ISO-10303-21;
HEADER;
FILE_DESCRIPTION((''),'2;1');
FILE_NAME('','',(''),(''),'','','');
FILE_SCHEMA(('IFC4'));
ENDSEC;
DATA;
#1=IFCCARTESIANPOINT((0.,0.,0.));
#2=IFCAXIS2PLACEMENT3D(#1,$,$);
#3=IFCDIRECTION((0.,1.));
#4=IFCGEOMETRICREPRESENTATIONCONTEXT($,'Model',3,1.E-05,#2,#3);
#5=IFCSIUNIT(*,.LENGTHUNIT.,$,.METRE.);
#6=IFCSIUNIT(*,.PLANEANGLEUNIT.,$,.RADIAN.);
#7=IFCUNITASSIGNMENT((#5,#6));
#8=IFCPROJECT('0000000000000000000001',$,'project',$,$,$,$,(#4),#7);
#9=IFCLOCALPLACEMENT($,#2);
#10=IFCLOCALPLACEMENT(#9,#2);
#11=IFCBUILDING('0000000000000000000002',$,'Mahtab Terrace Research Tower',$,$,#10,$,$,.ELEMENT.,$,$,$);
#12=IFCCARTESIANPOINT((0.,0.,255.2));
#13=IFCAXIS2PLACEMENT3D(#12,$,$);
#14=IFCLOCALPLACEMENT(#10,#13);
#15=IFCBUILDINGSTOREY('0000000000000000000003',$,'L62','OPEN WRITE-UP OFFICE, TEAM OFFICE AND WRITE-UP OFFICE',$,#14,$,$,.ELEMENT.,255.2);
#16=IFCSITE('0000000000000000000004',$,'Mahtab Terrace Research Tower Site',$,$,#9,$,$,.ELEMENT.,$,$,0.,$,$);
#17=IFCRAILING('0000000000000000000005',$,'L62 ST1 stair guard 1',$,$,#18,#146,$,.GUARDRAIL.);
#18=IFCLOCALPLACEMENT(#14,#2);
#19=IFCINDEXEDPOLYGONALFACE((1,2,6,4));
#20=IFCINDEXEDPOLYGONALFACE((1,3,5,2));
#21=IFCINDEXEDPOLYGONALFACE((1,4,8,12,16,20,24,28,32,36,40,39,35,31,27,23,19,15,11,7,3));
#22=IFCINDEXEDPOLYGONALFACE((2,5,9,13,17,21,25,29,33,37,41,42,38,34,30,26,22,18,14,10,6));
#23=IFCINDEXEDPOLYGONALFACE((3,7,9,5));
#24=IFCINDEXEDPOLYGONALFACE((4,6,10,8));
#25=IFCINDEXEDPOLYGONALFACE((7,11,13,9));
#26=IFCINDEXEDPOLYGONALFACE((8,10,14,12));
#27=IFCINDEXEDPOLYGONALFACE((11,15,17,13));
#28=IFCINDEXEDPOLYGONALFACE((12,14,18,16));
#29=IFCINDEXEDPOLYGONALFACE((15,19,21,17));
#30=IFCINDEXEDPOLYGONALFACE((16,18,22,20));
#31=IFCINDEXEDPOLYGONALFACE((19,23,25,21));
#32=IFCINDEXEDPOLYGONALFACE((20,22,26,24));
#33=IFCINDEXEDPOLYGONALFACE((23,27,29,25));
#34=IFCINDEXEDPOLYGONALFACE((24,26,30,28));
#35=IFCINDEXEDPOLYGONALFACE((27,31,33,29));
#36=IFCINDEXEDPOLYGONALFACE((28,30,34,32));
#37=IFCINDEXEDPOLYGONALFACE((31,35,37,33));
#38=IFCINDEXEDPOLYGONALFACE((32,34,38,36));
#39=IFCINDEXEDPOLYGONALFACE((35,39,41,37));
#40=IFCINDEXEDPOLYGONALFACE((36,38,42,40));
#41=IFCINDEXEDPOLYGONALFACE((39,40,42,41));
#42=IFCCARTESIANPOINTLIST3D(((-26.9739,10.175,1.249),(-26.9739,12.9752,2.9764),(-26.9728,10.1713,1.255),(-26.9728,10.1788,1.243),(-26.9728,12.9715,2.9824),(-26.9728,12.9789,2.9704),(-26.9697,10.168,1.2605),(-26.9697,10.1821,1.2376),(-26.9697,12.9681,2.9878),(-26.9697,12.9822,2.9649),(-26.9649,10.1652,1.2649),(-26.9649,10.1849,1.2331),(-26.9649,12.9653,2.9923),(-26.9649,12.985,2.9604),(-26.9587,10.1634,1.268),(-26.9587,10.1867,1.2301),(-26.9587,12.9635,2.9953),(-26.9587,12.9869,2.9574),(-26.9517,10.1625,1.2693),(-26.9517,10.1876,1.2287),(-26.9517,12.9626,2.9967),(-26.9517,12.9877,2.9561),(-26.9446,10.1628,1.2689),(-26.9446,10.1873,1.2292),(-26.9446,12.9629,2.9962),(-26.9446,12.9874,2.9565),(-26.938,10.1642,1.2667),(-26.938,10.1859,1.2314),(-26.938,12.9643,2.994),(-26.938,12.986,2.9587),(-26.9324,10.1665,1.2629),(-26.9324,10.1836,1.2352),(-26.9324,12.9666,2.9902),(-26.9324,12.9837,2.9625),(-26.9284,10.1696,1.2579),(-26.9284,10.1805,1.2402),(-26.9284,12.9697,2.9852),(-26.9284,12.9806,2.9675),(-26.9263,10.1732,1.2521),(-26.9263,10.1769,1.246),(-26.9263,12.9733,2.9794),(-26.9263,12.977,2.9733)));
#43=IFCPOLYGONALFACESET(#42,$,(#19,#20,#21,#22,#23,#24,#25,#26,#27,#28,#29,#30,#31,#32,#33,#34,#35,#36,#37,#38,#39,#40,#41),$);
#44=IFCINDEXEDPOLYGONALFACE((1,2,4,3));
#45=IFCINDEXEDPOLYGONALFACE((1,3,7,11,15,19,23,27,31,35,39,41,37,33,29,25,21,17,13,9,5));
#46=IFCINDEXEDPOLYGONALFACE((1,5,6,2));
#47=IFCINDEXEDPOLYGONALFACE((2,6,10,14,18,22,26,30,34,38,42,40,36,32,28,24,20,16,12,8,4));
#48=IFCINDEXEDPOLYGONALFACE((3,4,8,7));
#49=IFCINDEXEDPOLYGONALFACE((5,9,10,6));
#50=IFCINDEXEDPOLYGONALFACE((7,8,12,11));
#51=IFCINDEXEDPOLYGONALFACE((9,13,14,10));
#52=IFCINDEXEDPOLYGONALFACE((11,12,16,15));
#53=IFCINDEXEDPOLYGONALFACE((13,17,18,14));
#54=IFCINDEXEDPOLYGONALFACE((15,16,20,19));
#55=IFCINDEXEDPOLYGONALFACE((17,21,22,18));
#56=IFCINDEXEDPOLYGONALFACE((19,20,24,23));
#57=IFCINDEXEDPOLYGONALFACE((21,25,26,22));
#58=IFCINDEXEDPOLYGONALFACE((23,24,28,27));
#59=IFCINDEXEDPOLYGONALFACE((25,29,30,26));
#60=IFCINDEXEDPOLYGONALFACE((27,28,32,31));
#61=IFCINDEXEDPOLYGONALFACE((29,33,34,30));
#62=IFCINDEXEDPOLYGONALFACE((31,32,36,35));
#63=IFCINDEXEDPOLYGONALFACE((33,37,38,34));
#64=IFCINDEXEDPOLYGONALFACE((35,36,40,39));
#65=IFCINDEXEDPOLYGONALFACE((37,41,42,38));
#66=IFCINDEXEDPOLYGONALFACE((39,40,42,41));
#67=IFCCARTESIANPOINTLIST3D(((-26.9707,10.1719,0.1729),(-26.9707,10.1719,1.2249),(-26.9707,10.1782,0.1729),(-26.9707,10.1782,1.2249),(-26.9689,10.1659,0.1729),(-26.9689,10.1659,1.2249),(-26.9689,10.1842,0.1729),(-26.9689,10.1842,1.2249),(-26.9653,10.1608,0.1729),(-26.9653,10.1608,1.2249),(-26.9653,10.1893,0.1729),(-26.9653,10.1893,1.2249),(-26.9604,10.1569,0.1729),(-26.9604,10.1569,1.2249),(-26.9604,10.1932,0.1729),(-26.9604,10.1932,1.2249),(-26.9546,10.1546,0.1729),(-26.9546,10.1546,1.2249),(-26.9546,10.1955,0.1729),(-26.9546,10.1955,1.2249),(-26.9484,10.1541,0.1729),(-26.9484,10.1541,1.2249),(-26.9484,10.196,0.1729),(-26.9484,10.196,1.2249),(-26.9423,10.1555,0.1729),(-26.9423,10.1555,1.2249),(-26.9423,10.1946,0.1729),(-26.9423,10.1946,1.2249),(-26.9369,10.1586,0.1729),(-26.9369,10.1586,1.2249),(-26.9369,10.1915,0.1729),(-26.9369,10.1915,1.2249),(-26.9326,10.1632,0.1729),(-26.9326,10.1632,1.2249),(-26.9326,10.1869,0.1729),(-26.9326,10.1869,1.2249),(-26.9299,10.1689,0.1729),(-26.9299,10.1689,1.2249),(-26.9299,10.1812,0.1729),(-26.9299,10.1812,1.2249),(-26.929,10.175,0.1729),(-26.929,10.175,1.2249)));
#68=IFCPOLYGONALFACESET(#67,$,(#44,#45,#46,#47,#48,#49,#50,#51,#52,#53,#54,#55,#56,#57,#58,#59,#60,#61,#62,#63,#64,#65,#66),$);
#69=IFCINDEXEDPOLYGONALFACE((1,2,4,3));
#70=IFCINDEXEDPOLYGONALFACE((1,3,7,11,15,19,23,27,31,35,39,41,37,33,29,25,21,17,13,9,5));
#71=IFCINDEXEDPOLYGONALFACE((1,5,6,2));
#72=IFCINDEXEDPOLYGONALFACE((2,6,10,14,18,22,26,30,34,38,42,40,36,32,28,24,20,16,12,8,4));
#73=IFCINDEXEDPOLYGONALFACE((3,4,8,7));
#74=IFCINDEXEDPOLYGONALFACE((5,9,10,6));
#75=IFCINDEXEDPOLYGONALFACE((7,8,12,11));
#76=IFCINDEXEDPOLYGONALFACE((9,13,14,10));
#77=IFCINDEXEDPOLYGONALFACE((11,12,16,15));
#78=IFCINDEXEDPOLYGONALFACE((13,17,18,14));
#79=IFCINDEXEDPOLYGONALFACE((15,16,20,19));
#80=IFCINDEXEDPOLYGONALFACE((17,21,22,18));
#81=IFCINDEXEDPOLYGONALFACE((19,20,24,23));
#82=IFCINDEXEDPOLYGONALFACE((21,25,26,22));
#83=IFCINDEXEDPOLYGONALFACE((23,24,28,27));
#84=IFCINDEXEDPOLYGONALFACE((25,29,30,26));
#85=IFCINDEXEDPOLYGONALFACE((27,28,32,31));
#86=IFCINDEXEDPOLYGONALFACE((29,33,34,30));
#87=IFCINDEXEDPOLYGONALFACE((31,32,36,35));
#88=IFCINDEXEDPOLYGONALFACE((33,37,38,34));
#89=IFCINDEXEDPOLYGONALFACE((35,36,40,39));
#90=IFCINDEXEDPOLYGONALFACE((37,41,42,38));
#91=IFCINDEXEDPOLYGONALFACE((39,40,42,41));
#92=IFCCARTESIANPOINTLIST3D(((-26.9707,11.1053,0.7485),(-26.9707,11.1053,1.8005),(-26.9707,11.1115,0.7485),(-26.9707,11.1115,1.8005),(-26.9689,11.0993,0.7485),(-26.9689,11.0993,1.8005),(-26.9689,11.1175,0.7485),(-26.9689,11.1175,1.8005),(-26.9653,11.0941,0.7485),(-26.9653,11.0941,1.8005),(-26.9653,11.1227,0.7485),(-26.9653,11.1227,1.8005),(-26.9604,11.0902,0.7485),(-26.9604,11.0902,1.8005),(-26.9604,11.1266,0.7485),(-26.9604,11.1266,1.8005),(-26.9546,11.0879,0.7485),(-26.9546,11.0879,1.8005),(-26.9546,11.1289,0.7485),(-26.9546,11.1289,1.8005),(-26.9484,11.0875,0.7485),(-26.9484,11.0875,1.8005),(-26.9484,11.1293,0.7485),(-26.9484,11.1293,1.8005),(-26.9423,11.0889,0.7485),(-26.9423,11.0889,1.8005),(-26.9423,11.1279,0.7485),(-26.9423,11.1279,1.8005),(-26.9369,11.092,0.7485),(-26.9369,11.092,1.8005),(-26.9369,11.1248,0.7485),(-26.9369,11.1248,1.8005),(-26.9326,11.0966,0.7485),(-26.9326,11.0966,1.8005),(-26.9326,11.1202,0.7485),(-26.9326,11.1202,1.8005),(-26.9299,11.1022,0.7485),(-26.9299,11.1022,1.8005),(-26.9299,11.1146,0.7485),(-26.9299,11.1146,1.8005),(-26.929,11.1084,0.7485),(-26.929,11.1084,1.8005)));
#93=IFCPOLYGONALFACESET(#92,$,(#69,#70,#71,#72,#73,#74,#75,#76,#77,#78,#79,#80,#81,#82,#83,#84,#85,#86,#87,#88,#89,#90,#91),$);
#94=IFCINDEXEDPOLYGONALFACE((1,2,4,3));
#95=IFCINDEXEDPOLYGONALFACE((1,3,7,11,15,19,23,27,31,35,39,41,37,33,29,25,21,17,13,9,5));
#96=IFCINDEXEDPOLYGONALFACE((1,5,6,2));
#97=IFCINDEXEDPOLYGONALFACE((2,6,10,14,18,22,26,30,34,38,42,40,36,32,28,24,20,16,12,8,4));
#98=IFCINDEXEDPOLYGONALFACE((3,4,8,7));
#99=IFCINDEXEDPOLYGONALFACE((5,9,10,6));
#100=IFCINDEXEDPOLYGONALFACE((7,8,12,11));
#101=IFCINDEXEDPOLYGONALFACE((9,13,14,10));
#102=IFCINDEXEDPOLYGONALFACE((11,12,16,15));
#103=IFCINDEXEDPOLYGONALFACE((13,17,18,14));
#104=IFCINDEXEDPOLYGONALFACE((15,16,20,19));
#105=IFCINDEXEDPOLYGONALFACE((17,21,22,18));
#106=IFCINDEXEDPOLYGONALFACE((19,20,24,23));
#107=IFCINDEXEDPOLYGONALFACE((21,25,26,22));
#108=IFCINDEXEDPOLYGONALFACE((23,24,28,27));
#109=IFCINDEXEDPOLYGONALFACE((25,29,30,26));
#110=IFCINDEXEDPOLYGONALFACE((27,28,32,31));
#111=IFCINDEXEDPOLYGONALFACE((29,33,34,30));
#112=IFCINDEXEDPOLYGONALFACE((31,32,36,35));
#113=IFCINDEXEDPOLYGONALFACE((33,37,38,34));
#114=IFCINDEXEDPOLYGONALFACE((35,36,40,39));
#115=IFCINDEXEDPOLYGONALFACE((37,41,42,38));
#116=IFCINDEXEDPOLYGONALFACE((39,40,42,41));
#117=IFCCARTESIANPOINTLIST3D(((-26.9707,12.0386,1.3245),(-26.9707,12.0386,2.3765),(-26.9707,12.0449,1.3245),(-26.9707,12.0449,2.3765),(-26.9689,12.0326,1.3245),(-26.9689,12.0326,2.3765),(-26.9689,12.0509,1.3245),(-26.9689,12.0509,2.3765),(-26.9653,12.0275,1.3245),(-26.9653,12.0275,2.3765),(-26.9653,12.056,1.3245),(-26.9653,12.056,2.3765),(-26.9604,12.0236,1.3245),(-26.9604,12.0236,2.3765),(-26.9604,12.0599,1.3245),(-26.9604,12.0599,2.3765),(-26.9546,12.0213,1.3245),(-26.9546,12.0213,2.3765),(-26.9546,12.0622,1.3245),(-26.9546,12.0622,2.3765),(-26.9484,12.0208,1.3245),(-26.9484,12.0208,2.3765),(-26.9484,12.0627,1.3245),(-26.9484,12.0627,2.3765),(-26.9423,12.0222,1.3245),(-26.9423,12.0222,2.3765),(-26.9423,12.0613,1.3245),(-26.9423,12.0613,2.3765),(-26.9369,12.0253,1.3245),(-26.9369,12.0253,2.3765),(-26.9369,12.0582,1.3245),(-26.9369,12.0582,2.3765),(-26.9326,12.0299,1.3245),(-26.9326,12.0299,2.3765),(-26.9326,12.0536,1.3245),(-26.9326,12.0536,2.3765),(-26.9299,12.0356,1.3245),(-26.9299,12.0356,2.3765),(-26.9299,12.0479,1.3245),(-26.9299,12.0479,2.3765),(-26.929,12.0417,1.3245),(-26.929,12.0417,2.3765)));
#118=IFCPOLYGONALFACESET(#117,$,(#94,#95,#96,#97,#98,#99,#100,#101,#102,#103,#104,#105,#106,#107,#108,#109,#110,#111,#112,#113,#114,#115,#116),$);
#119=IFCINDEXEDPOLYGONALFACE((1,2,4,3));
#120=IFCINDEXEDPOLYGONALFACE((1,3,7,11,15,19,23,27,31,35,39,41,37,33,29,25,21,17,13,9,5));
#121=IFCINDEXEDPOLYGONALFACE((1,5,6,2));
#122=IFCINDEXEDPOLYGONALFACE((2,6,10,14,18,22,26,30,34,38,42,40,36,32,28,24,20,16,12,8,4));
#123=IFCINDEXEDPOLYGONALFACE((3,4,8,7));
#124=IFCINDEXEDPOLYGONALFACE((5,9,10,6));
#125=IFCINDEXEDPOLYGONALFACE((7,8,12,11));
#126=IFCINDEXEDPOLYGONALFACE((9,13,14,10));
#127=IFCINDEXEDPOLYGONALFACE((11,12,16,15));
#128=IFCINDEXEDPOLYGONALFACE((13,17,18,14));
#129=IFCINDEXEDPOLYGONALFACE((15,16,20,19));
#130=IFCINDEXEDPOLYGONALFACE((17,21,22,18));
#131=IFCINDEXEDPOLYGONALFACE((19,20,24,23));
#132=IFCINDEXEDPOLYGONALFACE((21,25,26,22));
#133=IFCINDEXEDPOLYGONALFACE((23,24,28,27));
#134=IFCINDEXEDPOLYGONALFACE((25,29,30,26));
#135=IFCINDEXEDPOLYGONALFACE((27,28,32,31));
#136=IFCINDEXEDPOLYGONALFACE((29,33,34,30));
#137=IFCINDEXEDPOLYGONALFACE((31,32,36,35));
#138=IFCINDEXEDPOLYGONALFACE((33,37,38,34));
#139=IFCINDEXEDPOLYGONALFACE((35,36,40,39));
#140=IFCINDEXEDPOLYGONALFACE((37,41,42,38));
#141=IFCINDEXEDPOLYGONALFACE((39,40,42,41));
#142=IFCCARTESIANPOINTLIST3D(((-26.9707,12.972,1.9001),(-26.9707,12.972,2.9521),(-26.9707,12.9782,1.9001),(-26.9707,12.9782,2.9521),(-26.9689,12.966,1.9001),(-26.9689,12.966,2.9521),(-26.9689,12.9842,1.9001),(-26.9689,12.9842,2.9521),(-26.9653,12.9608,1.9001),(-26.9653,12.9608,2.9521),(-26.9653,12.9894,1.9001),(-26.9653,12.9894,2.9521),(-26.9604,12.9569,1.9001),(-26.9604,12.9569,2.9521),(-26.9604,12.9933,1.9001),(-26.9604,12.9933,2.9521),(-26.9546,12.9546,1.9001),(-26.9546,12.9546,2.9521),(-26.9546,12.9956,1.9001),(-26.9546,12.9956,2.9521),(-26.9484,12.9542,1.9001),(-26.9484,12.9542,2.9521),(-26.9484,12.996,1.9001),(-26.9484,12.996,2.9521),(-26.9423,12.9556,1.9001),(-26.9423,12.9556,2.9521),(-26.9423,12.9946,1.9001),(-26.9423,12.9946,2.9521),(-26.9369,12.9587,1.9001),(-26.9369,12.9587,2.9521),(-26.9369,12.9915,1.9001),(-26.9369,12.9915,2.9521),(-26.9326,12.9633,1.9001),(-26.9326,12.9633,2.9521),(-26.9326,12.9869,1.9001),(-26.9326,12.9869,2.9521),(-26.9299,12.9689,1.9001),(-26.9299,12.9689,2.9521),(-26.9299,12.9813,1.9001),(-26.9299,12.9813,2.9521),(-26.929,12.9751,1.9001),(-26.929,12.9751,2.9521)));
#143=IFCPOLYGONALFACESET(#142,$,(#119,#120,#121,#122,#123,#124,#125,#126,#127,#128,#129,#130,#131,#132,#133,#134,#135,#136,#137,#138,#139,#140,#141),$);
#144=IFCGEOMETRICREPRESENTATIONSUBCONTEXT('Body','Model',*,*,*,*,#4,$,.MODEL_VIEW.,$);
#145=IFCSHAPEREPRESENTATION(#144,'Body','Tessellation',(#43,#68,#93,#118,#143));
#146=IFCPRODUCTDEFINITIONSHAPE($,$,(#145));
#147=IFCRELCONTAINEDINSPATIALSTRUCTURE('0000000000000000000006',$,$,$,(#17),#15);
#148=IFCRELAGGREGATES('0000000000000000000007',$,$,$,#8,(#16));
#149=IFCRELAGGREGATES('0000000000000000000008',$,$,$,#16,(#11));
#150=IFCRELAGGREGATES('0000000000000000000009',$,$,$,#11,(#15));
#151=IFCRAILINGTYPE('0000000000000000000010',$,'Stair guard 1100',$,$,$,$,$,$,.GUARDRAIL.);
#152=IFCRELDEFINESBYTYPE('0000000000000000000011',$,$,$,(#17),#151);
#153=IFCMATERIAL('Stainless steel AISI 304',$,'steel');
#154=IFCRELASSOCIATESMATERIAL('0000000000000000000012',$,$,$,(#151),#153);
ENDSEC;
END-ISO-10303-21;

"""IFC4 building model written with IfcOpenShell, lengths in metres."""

from ifc_helpers import new_model, si_unit, direction, frame, origin, origin_2d, place, context, subcontext, project, spatial, circle, extrude, material, type_object, element, save


model = new_model("IFC4")

# Units and contexts
model_context = context("Model", 3, precision=1e-05, world=origin(), true_north=direction((0.0, 1.0)))
body_context = subcontext(model_context, "Body", "Model", "MODEL_VIEW")
ifc_project = project(units=[si_unit("LENGTHUNIT", "METRE"), si_unit("PLANEANGLEUNIT", "RADIAN")], contexts=[model_context])

# Site, building, storey
site_placement = place(None, origin())
site = spatial("IfcSite", under=ifc_project, at=site_placement, Name="Mahtab Terrace Research Tower Site", CompositionType="ELEMENT", RefElevation=0.0)
building_placement = place(site_placement, origin())
building = spatial("IfcBuilding", under=site, at=building_placement, Name="Mahtab Terrace Research Tower", CompositionType="ELEMENT")
storey_placement = place(building_placement, frame((0.0, 0.0, 255.2)))
storey = spatial("IfcBuildingStorey", under=building, at=storey_placement, Name="L62", Description="OPEN WRITE-UP OFFICE, TEAM OFFICE AND WRITE-UP OFFICE", CompositionType="ELEMENT", Elevation=255.2)

# Railing
ifc_material_1 = material(Name="Stainless steel AISI 304", Category="steel")
railing_type_1 = type_object("IfcRailingType", Name="Stair guard 1100", PredefinedType="GUARDRAIL", material=ifc_material_1)
railing_1_placement = place(storey_placement, frame((-26.95, 10.175, 0.1729)))
element("IfcRailing", 1, at=railing_1_placement, inside=storey, type_object=railing_type_1, Name="L62 ST1 stair guard 1", PredefinedType="GUARDRAIL", context=body_context, shape_type="SweptSolid", body=[
    extrude(circle(Radius=0.0239, at=origin_2d()), frame((0.0, 0.0, 1.0762), z_axis=(0.0, 0.85109, 0.52502), x_axis=(-1.0, 0.0, 0.0)), (0.0, 0.0, 1.0), 3.29),
    extrude(circle(Radius=0.021, at=origin_2d()), origin(), (0.0, 0.0, 1.0), 1.052),
    extrude(circle(Radius=0.021, at=origin_2d()), frame((0.0, 0.9333, 0.5757)), (0.0, 0.0, 1.0), 1.052),
    extrude(circle(Radius=0.021, at=origin_2d()), frame((0.0, 1.8667, 1.1516)), (0.0, 0.0, 1.0), 1.052),
    extrude(circle(Radius=0.021, at=origin_2d()), frame((0.0, 2.8, 1.7273)), (0.0, 0.0, 1.0), 1.052),
])

save(model, "model.ifc")
